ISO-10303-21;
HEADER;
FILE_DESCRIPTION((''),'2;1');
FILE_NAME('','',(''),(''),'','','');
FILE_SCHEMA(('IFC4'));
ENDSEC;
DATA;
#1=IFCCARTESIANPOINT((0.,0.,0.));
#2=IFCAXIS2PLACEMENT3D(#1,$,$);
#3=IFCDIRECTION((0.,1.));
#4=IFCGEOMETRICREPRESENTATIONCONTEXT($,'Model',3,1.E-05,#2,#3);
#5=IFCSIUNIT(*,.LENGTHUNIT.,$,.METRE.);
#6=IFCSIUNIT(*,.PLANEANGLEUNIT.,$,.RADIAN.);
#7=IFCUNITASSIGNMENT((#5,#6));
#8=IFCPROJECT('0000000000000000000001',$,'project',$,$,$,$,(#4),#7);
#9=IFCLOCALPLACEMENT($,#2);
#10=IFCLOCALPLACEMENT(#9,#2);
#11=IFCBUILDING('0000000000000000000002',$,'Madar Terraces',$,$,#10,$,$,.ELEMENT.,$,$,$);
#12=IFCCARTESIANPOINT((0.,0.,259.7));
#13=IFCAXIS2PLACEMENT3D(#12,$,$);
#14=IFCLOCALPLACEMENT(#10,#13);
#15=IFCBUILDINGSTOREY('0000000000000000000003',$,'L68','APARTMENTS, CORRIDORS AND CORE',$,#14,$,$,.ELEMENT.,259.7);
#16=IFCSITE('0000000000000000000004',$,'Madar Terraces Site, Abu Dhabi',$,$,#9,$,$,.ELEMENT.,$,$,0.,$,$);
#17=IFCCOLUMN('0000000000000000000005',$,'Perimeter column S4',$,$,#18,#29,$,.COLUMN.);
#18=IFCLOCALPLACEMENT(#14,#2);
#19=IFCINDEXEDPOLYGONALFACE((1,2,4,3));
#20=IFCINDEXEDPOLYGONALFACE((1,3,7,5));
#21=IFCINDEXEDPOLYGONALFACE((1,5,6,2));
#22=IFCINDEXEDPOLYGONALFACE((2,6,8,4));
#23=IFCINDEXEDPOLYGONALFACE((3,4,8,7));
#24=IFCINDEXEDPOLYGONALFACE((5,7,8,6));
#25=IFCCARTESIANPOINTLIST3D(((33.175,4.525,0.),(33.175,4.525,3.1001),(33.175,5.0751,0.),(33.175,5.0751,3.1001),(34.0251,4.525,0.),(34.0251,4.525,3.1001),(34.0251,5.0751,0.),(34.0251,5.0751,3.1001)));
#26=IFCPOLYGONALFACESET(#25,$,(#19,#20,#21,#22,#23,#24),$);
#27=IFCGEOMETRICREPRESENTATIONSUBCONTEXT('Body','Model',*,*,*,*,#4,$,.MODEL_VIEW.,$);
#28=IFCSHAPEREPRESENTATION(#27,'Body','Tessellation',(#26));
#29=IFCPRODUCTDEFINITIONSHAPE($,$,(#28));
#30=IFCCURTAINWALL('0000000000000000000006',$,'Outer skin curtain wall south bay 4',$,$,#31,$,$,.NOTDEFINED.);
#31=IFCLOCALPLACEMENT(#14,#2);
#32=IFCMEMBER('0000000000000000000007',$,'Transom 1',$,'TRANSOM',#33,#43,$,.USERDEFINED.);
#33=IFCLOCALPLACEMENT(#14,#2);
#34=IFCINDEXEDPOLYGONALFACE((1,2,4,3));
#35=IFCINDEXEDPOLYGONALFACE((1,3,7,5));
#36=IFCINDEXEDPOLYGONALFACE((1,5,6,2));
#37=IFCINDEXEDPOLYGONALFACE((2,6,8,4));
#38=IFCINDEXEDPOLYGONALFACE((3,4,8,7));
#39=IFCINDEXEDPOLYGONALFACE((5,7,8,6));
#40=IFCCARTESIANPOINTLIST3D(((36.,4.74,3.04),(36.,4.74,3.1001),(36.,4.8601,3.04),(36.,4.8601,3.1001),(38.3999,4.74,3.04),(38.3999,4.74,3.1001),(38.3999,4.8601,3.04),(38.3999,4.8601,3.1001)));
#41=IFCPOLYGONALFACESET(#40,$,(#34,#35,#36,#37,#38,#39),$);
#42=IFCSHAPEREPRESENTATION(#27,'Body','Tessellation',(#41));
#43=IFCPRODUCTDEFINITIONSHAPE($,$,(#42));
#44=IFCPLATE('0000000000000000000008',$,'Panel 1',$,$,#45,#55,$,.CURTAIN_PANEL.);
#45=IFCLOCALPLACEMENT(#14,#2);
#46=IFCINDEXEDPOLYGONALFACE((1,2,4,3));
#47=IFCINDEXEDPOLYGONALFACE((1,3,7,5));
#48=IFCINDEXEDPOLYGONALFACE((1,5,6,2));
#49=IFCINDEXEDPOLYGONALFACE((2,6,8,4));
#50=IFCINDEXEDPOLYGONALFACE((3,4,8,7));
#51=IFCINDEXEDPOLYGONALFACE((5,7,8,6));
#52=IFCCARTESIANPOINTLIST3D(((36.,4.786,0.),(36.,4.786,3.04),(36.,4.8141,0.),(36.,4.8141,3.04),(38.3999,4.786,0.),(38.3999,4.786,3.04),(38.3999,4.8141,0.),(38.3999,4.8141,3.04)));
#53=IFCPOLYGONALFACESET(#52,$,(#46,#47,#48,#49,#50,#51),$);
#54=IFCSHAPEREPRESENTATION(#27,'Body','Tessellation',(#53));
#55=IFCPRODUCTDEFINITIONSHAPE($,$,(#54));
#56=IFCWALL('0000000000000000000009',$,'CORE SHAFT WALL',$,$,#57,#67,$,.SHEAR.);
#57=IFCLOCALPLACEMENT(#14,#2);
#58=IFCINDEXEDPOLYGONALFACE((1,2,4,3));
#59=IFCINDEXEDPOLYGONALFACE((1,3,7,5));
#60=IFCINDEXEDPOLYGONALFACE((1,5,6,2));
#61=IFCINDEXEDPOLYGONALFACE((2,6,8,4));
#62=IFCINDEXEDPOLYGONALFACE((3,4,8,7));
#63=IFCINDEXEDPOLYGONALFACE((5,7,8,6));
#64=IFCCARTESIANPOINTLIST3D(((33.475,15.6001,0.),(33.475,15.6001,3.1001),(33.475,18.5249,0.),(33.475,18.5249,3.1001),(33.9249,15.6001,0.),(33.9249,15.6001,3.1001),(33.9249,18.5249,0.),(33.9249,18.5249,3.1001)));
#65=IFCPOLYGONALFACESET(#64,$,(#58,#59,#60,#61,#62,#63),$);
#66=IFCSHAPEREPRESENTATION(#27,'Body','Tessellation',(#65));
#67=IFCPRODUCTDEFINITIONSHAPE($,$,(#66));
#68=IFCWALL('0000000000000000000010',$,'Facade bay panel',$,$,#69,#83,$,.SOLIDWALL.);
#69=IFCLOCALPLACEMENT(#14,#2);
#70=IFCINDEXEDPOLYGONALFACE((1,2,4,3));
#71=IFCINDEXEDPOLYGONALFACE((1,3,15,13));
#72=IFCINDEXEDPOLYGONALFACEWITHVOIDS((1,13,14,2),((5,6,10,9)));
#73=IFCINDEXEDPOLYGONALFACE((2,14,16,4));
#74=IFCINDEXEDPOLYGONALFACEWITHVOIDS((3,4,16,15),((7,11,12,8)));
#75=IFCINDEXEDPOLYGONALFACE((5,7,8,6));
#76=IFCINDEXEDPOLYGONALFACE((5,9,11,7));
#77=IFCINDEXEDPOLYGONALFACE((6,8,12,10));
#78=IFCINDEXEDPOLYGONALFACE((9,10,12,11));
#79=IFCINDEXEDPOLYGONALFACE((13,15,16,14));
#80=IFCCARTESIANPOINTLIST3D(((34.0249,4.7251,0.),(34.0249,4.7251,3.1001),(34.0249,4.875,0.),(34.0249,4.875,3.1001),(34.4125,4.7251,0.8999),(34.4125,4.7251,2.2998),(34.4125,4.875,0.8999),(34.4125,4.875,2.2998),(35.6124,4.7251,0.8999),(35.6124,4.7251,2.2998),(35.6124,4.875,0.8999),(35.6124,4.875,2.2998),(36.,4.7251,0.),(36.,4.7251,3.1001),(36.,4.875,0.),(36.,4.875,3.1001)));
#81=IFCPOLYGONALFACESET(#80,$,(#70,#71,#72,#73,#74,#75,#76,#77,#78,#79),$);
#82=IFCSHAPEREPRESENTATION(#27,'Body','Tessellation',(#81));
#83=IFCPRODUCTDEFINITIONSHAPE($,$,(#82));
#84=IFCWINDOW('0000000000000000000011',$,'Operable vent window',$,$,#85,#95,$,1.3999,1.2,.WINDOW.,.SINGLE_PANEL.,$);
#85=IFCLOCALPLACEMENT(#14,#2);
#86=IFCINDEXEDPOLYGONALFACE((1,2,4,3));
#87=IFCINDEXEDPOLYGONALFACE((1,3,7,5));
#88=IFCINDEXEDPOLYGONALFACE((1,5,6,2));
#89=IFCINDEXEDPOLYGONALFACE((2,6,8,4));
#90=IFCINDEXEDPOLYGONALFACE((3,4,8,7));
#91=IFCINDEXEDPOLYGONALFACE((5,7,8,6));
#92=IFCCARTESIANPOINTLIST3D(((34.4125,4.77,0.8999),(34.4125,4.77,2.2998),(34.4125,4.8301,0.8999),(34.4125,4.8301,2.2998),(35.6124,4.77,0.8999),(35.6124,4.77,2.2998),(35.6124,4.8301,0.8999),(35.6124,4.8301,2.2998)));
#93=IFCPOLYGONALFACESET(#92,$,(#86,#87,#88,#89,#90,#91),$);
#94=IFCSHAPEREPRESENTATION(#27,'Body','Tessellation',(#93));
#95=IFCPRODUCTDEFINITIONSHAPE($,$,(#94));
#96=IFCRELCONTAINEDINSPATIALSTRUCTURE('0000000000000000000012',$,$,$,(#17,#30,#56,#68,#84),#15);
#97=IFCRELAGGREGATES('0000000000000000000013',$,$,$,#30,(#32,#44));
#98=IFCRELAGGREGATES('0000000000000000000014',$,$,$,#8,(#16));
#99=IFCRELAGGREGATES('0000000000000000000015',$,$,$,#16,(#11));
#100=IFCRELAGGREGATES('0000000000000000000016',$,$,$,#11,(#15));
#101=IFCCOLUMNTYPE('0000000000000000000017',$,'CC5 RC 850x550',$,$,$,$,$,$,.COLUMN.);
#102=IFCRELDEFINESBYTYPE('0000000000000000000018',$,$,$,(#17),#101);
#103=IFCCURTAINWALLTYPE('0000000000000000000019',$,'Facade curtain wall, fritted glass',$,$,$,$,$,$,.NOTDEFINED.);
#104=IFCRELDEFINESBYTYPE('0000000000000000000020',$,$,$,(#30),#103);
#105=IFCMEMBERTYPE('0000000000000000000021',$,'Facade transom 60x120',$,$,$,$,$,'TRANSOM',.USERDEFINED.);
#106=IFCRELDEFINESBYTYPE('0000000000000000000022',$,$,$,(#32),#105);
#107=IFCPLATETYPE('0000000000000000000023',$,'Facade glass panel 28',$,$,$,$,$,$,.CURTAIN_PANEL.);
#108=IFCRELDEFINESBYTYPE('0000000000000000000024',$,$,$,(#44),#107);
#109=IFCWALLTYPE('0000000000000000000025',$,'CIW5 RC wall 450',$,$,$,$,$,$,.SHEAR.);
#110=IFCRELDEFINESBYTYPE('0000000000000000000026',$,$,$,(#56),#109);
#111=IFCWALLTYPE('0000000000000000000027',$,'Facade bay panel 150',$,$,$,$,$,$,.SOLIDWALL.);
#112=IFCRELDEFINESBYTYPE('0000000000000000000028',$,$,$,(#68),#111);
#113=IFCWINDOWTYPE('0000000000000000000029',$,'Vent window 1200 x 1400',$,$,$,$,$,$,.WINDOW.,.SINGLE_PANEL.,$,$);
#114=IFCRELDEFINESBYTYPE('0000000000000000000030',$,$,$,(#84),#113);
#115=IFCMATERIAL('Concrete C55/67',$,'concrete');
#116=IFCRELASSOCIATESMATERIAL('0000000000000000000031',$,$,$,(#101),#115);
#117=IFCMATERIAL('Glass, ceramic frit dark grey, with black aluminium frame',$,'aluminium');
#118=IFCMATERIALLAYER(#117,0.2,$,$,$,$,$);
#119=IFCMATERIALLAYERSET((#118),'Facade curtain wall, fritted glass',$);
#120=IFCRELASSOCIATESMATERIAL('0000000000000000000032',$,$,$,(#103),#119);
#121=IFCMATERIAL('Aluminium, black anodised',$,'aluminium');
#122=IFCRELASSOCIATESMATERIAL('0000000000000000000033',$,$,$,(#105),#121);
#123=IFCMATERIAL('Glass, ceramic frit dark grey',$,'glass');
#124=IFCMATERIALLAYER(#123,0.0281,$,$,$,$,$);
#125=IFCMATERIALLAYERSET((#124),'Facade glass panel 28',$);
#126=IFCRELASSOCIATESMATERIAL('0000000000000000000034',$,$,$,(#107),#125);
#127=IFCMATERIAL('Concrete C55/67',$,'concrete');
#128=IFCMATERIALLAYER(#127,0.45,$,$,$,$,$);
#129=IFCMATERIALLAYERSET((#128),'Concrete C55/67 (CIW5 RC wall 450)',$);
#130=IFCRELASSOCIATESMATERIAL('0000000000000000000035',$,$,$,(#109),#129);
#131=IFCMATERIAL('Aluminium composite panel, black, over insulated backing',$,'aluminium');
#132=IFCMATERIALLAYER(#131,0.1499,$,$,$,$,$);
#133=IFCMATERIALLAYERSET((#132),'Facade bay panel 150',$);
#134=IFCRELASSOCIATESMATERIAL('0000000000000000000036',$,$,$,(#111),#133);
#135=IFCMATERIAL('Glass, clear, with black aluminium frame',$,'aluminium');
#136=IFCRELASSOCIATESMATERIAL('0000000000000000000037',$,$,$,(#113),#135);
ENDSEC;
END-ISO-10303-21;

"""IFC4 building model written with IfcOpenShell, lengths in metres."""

from ifc_helpers import new_model, si_unit, direction, frame, frame_2d, origin, origin_2d, place, context, subcontext, project, spatial, rectangle, extrude, material, layer, layer_set, material_profile, profile_set, type_object, element, fill, aggregate, save


model = new_model("IFC4")

# Units and contexts
model_context = context("Model", 3, precision=1e-05, world=origin(), true_north=direction((0.0, 1.0)))
body_context = subcontext(model_context, "Body", "Model", "MODEL_VIEW")
ifc_project = project(units=[si_unit("LENGTHUNIT", "METRE"), si_unit("PLANEANGLEUNIT", "RADIAN")], contexts=[model_context])

# Site, building, storey
site_placement = place(None, origin())
site = spatial("IfcSite", under=ifc_project, at=site_placement, Name="Madar Terraces Site, Abu Dhabi", CompositionType="ELEMENT", RefElevation=0.0)
building_placement = place(site_placement, origin())
building = spatial("IfcBuilding", under=site, at=building_placement, Name="Madar Terraces", CompositionType="ELEMENT")
storey_placement = place(building_placement, frame((0.0, 0.0, 259.7)))
storey = spatial("IfcBuildingStorey", under=building, at=storey_placement, Name="L68", Description="APARTMENTS, CORRIDORS AND CORE", CompositionType="ELEMENT", Elevation=259.7)

# Column
ifc_material_1 = material(Name="Concrete C55/67", Category="concrete")
ifc_material_profile_1 = material_profile(ifc_material_1, rectangle(XDim=0.8501, YDim=0.55, at=origin_2d()), Name="CC5 RC 850x550")
ifc_profile_set_1 = profile_set([ifc_material_profile_1], Name="Concrete C55/67")
column_type = type_object("IfcColumnType", Name="CC5 RC 850x550", PredefinedType="COLUMN", material=ifc_profile_set_1)
column_placement = place(storey_placement, frame((33.6001, 4.8, 0.0), z_axis=(0.0, 0.0, 1.0), x_axis=(1.0, 0.0, 0.0)))
element("IfcColumn", 1, at=column_placement, inside=storey, type_object=column_type, Name="Perimeter column S4", PredefinedType="COLUMN", context=body_context, shape_type="SweptSolid", body=[
    extrude(rectangle(XDim=0.8501, YDim=0.55, at=origin_2d()), origin(), (0.0, 0.0, 1.0), 3.1001),
])

# Curtain wall, member, plate
ifc_material_2 = material(Name="Glass, ceramic frit dark grey, with black aluminium frame", Category="aluminium")
ifc_layer_1 = layer(ifc_material_2, 0.2)
ifc_layer_set_1 = layer_set([ifc_layer_1], Name="Facade curtain wall, fritted glass")
curtain_wall_type = type_object("IfcCurtainWallType", Name="Facade curtain wall, fritted glass", PredefinedType="NOTDEFINED", material=ifc_layer_set_1)
curtain_wall_placement = place(storey_placement, origin())
curtain_wall = element("IfcCurtainWall", 2, at=curtain_wall_placement, inside=storey, type_object=curtain_wall_type, Name="Outer skin curtain wall south bay 4", PredefinedType="NOTDEFINED")
ifc_material_3 = material(Name="Aluminium, black anodised", Category="aluminium")
ifc_material_profile_2 = material_profile(ifc_material_3, rectangle(XDim=0.1201, YDim=0.0601, at=origin_2d()), Name="Facade transom 60x120")
ifc_profile_set_2 = profile_set([ifc_material_profile_2], Name="Aluminium, black anodised")
member_type = type_object("IfcMemberType", Name="Facade transom 60x120", ElementType="TRANSOM", PredefinedType="USERDEFINED", material=ifc_profile_set_2)
member_placement = place(storey_placement, frame((36.0, 4.8, 3.0701), z_axis=(1.0, 0.0, 0.0), x_axis=(0.0, 1.0, 0.0)))
member = element("IfcMember", 3, at=member_placement, type_object=member_type, Name="Transom 1", ObjectType="TRANSOM", PredefinedType="USERDEFINED", context=body_context, shape_type="SweptSolid", body=[
    extrude(rectangle(XDim=0.1201, YDim=0.0601, at=origin_2d()), origin(), (0.0, 0.0, 1.0), 2.3999),
])
ifc_material_4 = material(Name="Glass, ceramic frit dark grey", Category="glass")
ifc_layer_2 = layer(ifc_material_4, 0.0281)
ifc_layer_set_2 = layer_set([ifc_layer_2], Name="Facade glass panel 28")
plate_type = type_object("IfcPlateType", Name="Facade glass panel 28", PredefinedType="CURTAIN_PANEL", material=ifc_layer_set_2)
plate_placement = place(storey_placement, frame((37.2, 4.8, 0.0), z_axis=(0.0, 0.0, 1.0), x_axis=(1.0, 0.0, 0.0)))
plate = element("IfcPlate", 4, at=plate_placement, type_object=plate_type, Name="Panel 1", PredefinedType="CURTAIN_PANEL", context=body_context, shape_type="SweptSolid", body=[
    extrude(rectangle(XDim=2.3999, YDim=0.0281, at=origin_2d()), origin(), (0.0, 0.0, 1.0), 3.04),
])
aggregate(curtain_wall, [member, plate])

# Wall
ifc_material_5 = material(Name="Concrete C55/67", Category="concrete")
ifc_layer_3 = layer(ifc_material_5, 0.45)
ifc_layer_set_3 = layer_set([ifc_layer_3], Name="Concrete C55/67 (CIW5 RC wall 450)")
wall_type_1 = type_object("IfcWallType", Name="CIW5 RC wall 450", PredefinedType="SHEAR", material=ifc_layer_set_3)
wall_1_placement = place(storey_placement, frame((33.7, 15.6001, 0.0), z_axis=(0.0, 0.0, 1.0), x_axis=(0.0, 1.0, 0.0)))
element("IfcWall", 5, at=wall_1_placement, inside=storey, type_object=wall_type_1, Name="CORE SHAFT WALL", PredefinedType="SHEAR", context=body_context, shape_type="SweptSolid", body=[
    extrude(rectangle(XDim=2.9248, YDim=0.45, at=frame_2d((1.4624, 0.0))), origin(), (0.0, 0.0, 1.0), 3.1001),
])

# Wall, opening, window
ifc_material_6 = material(Name="Aluminium composite panel, black, over insulated backing", Category="aluminium")
ifc_layer_4 = layer(ifc_material_6, 0.1499)
ifc_layer_set_4 = layer_set([ifc_layer_4], Name="Facade bay panel 150")
wall_type_2 = type_object("IfcWallType", Name="Facade bay panel 150", PredefinedType="SOLIDWALL", material=ifc_layer_set_4)
wall_2_placement = place(storey_placement, frame((34.0249, 4.8, 0.0), z_axis=(0.0, 0.0, 1.0), x_axis=(1.0, 0.0, 0.0)))
wall_2 = element("IfcWall", 6, at=wall_2_placement, inside=storey, type_object=wall_type_2, Name="Facade bay panel", PredefinedType="SOLIDWALL", context=body_context, shape_type="SweptSolid", body=[
    extrude(rectangle(XDim=1.9751, YDim=0.1499, at=frame_2d((0.9875, 0.0))), origin(), (0.0, 0.0, 1.0), 3.1001),
])
opening_1_placement = place(wall_2_placement, frame((0.3875, 0.0, 0.8999)))
opening_1 = element("IfcOpeningElement", 7, at=opening_1_placement, cuts=wall_2, PredefinedType="OPENING", context=body_context, shape_type="SweptSolid", body=[
    extrude(rectangle(XDim=1.2, YDim=1.3999, at=frame_2d((0.6001, 0.7))), frame((0.0, 0.085, 0.0), z_axis=(0.0, -1.0, 0.0), x_axis=(1.0, 0.0, 0.0)), (0.0, 0.0, 1.0), 0.1699),
])
ifc_material_7 = material(Name="Glass, clear, with black aluminium frame", Category="aluminium")
window_type = type_object("IfcWindowType", Name="Vent window 1200 x 1400", PartitioningType="SINGLE_PANEL", PredefinedType="WINDOW", material=ifc_material_7)
window_placement = place(opening_1_placement, origin())
window = element("IfcWindow", 8, at=window_placement, inside=storey, type_object=window_type, Name="Operable vent window", OverallHeight=1.3999, OverallWidth=1.2, PartitioningType="SINGLE_PANEL", PredefinedType="WINDOW", context=body_context, shape_type="SweptSolid", body=[
    extrude(rectangle(XDim=1.2, YDim=1.3999, at=frame_2d((0.6001, 0.7))), frame((0.0, 0.03, 0.0), z_axis=(0.0, -1.0, 0.0), x_axis=(1.0, 0.0, 0.0)), (0.0, 0.0, 1.0), 0.0601),
])
fill(opening_1, window)

save(model, "model.ifc")
